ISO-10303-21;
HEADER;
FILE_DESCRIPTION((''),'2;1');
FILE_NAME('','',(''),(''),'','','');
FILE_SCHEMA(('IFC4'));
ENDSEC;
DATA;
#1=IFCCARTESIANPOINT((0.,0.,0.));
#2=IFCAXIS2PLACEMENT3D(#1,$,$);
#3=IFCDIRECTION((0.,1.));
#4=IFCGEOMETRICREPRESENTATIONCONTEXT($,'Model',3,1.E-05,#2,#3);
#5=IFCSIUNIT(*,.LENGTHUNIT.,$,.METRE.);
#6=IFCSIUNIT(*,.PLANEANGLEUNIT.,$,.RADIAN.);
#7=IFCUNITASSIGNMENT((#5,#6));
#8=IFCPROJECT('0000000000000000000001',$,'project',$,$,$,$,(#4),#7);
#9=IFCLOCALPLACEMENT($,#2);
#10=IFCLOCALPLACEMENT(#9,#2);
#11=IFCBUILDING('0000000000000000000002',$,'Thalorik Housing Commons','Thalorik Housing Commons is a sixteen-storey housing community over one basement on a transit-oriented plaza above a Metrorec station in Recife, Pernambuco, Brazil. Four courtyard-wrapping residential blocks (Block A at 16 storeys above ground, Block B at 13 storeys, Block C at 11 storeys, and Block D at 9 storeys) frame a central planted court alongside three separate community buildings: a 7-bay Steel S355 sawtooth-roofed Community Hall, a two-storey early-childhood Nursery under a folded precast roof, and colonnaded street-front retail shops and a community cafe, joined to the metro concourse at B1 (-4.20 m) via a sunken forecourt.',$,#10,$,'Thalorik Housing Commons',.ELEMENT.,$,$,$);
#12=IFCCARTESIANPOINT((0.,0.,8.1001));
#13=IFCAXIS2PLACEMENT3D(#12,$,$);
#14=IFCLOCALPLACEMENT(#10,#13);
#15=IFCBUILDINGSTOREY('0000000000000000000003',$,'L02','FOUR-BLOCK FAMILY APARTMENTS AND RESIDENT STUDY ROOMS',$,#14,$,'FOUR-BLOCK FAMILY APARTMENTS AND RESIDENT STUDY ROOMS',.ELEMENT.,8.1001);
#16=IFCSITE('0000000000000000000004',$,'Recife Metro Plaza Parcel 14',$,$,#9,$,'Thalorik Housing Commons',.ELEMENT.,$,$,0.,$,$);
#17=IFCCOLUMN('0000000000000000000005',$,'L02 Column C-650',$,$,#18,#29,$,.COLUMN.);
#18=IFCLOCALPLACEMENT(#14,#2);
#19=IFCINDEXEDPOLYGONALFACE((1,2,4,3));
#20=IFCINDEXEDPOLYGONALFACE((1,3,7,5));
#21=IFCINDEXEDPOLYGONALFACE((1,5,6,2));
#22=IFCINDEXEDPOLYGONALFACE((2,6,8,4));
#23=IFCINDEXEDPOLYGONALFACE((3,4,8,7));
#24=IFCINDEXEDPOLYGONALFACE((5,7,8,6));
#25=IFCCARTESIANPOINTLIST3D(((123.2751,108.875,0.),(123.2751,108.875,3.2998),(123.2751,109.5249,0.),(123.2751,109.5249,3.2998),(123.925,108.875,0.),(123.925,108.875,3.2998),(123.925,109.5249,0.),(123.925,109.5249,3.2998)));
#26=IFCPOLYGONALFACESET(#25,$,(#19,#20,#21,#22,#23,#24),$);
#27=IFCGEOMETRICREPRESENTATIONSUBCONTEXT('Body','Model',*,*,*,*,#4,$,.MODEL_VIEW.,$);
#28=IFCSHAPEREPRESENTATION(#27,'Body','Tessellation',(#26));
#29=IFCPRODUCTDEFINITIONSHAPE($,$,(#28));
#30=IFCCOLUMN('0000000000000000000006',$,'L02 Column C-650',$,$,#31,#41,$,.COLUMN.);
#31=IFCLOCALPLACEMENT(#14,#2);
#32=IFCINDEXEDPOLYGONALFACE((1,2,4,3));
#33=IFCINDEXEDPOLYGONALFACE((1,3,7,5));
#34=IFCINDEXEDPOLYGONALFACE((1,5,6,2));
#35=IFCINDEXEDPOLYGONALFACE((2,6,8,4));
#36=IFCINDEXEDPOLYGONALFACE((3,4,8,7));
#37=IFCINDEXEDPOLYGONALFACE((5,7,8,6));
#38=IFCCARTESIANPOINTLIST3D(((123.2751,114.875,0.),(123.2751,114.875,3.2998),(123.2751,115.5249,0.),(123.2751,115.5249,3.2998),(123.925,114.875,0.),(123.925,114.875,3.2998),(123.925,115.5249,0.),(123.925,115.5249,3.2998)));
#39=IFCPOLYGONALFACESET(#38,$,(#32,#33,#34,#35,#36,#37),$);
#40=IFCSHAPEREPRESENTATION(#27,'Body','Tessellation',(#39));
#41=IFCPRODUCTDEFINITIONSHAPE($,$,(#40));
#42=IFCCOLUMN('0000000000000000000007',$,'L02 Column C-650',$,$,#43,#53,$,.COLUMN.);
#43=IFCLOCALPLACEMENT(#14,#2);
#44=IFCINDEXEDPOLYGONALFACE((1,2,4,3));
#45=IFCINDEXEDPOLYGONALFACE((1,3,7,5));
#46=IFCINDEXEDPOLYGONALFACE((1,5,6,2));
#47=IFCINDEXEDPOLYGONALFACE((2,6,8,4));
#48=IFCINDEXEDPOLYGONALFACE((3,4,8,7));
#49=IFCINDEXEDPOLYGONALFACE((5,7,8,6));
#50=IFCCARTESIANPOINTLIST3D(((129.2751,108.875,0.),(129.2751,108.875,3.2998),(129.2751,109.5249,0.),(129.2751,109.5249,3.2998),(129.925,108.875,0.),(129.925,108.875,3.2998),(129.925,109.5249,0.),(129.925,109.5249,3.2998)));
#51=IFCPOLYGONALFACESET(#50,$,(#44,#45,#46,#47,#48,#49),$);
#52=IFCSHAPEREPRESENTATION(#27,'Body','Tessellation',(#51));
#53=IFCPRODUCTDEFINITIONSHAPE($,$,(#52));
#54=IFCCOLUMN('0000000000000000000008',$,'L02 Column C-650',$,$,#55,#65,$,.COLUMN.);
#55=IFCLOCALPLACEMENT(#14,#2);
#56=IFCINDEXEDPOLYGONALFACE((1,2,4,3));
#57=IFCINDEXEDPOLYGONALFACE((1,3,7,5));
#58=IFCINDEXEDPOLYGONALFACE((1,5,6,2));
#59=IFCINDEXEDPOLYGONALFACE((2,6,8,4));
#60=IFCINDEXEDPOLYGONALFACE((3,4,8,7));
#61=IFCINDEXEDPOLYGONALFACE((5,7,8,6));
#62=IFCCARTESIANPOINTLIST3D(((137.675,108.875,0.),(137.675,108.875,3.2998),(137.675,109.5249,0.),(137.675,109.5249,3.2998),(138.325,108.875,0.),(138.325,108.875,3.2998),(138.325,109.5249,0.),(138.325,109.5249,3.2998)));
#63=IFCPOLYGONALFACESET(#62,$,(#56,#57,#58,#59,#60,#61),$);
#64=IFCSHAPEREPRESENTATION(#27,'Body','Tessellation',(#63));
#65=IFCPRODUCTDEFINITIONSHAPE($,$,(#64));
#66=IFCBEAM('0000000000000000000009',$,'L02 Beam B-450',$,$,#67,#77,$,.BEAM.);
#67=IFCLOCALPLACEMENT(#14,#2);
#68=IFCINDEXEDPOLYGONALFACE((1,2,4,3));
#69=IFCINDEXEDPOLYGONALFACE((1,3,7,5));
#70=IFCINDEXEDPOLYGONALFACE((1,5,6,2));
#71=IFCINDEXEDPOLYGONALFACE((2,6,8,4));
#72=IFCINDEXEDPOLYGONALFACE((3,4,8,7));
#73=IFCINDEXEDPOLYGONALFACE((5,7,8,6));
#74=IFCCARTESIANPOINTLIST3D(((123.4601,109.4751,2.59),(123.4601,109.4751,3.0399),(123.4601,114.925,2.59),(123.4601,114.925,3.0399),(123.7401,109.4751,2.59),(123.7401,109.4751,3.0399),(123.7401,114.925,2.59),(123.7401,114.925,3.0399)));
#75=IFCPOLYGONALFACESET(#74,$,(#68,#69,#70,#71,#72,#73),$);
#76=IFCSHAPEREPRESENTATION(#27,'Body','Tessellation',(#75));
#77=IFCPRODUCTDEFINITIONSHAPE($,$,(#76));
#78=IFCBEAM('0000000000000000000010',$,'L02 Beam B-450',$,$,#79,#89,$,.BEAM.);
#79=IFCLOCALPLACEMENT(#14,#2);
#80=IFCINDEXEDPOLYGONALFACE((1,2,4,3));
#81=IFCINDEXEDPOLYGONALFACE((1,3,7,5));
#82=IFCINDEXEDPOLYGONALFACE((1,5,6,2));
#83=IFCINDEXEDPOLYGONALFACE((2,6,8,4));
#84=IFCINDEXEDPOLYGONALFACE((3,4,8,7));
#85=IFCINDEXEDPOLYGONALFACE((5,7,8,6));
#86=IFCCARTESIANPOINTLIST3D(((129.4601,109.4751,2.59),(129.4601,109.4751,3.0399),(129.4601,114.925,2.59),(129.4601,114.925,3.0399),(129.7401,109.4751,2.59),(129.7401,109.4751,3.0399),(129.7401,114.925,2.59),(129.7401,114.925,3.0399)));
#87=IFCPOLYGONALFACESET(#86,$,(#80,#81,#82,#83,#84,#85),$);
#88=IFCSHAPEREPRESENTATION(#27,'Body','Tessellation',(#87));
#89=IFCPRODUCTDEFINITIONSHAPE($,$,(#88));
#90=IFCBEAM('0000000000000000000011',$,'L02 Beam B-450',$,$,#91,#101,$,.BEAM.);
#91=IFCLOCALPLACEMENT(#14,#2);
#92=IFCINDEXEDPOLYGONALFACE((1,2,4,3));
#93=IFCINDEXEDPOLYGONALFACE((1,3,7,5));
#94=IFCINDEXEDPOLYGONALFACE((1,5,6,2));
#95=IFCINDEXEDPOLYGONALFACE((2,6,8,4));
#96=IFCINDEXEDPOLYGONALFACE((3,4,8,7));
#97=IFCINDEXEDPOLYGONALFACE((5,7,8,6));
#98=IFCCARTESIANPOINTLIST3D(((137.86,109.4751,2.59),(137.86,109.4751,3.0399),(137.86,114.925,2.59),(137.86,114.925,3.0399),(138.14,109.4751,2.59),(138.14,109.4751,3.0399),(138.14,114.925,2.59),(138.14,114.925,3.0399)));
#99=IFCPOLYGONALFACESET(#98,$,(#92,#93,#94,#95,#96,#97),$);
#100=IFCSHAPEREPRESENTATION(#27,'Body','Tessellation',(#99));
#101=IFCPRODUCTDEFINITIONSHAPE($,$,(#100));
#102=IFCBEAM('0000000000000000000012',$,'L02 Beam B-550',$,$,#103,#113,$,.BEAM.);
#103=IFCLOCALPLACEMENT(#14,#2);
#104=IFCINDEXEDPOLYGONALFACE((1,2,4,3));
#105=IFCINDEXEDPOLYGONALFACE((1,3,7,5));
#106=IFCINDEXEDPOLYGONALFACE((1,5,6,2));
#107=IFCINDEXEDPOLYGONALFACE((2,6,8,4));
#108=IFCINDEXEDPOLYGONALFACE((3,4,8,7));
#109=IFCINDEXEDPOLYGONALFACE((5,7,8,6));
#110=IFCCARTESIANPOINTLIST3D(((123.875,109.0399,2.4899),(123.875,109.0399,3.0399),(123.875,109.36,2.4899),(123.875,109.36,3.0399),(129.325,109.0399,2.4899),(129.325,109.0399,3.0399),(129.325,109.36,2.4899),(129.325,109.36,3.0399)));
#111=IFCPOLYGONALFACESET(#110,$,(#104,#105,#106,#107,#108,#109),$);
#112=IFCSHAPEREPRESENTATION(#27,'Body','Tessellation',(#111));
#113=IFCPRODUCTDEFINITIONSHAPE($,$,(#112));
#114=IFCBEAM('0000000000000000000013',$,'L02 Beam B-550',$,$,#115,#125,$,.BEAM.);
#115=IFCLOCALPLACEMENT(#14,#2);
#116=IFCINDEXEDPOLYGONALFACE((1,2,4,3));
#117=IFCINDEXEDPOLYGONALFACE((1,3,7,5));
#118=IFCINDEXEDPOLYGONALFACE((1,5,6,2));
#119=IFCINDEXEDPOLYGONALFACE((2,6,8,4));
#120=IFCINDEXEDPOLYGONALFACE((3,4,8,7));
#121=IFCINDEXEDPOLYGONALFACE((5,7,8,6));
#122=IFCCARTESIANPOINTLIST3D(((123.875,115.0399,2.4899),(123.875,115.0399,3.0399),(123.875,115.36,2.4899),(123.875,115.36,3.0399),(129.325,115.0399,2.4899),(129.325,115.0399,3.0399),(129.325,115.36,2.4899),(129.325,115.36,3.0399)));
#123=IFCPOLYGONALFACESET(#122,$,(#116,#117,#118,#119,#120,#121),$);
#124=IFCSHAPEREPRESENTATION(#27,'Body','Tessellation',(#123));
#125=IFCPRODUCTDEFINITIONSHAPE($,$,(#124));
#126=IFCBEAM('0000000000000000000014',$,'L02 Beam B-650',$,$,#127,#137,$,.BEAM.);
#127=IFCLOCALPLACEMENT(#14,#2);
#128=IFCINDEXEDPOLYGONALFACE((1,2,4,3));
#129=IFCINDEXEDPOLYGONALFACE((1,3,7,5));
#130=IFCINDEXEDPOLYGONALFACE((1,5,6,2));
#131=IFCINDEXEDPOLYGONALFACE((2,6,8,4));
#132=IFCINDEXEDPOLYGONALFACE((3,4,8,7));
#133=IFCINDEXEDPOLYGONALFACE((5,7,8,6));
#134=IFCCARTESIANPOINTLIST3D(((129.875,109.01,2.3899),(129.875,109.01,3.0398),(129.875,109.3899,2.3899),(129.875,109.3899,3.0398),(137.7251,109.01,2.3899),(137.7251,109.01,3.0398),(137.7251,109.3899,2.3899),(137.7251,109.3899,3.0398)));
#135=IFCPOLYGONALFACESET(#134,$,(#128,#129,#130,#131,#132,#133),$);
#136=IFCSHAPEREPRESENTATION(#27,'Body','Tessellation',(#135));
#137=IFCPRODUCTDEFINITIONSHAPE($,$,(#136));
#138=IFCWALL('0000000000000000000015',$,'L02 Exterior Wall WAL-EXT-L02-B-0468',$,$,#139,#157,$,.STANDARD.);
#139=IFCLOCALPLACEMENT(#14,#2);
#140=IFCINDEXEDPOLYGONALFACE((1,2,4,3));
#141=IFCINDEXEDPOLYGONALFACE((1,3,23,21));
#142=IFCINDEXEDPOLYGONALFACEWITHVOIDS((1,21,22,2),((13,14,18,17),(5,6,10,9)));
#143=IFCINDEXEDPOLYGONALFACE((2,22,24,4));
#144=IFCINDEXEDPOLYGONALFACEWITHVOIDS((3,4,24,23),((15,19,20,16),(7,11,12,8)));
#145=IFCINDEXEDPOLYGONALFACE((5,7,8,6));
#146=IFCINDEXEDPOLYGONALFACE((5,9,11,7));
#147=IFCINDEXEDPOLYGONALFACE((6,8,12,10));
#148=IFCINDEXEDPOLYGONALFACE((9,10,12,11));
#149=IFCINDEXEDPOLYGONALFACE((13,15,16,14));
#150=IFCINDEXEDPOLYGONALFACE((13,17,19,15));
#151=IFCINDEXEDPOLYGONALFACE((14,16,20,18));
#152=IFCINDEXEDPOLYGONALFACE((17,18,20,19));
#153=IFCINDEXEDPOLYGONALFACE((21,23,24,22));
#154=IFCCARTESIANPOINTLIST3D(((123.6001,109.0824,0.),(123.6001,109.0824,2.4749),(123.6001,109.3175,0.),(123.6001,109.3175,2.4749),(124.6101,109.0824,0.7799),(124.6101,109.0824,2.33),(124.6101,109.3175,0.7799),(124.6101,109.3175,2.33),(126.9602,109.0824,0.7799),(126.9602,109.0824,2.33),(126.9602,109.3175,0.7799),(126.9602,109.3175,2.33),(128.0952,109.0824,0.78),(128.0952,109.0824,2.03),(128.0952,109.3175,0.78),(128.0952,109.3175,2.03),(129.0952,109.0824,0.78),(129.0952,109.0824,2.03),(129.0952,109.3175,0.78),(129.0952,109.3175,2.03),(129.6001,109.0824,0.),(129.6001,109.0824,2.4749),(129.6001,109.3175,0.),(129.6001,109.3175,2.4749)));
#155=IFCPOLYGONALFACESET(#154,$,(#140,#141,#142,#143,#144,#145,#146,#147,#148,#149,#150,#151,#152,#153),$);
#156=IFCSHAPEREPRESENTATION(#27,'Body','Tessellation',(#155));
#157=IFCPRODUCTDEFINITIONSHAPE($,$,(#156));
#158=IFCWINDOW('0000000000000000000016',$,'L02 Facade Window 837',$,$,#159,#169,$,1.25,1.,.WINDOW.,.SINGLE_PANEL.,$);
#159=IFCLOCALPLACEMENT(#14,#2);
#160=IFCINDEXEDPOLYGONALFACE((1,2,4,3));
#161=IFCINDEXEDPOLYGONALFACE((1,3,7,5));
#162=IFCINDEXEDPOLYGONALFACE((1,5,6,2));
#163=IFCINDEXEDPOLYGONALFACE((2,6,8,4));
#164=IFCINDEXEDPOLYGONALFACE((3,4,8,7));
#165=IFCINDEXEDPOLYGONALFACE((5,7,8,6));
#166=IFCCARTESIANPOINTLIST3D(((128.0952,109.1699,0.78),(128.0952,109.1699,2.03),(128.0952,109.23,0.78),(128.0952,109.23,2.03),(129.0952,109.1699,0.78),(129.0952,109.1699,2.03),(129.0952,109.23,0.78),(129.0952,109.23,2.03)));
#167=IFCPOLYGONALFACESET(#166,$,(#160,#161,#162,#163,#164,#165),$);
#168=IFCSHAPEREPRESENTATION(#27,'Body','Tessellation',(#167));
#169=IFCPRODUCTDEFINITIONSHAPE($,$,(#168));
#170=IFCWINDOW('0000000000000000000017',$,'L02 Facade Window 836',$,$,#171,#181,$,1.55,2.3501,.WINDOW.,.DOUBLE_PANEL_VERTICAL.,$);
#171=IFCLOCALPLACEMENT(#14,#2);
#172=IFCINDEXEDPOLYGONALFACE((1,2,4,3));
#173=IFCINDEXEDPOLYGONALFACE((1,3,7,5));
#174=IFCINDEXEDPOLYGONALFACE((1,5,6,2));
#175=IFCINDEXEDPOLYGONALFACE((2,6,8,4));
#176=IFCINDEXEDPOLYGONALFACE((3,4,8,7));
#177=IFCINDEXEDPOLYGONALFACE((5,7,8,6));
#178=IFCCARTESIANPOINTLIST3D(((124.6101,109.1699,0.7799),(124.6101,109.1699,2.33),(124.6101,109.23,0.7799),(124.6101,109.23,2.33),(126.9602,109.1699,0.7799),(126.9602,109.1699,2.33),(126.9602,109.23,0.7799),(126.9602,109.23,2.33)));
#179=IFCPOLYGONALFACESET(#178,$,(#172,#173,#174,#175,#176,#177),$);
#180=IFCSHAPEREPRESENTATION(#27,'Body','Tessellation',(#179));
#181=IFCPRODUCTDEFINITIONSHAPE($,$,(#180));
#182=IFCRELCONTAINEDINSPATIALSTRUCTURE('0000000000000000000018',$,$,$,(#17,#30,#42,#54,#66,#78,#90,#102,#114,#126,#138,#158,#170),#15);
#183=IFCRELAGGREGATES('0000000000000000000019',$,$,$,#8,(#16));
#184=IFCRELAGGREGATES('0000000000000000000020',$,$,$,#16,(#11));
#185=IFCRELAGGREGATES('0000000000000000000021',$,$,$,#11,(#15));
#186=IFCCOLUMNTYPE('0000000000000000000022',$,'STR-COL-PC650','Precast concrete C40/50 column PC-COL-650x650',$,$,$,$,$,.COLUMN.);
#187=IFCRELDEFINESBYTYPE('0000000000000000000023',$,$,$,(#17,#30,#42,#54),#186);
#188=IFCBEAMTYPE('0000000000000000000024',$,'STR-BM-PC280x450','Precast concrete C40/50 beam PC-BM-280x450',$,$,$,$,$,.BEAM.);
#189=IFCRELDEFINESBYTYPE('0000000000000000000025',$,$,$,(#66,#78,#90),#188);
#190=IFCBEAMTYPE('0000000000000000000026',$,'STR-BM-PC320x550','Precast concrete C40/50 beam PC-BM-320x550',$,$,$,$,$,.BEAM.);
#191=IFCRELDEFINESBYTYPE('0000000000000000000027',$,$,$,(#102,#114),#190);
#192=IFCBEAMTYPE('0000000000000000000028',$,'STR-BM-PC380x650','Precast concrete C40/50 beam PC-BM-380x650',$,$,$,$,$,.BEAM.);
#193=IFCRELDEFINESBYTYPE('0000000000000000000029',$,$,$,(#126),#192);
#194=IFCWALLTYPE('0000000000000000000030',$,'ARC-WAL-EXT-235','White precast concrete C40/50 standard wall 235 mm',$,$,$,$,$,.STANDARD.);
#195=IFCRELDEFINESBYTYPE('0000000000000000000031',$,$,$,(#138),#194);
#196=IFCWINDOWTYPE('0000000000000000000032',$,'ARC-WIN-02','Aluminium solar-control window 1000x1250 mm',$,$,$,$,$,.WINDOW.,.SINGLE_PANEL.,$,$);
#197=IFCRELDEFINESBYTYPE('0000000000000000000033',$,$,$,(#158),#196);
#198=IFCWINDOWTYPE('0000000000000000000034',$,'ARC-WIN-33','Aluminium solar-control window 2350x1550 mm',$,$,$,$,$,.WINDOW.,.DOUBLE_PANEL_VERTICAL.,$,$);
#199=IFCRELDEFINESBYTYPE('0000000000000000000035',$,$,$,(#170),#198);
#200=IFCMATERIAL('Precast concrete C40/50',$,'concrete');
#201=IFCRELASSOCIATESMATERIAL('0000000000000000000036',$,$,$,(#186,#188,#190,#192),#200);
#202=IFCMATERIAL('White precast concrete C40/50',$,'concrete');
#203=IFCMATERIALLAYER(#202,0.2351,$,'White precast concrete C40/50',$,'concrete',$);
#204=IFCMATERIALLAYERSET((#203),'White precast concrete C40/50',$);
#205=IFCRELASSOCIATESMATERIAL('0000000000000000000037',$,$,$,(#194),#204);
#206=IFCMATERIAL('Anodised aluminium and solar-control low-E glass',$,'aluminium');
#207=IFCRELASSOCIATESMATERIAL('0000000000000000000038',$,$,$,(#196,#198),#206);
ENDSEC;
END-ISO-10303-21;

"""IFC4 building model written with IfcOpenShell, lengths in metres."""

from ifc_helpers import new_model, si_unit, direction, frame, frame_2d, origin, origin_2d, place, context, subcontext, project, spatial, rectangle, extrude, material, layer, layer_set, material_profile, profile_set, type_object, element, fill, save


model = new_model("IFC4")

# Units and contexts
model_context = context("Model", 3, precision=1e-05, world=origin(), true_north=direction((0.0, 1.0)))
body_context = subcontext(model_context, "Body", "Model", "MODEL_VIEW")
ifc_project = project(units=[si_unit("LENGTHUNIT", "METRE"), si_unit("PLANEANGLEUNIT", "RADIAN")], contexts=[model_context])

# Site, building, storey
site_placement = place(None, origin())
site = spatial("IfcSite", under=ifc_project, at=site_placement, Name="Recife Metro Plaza Parcel 14", LongName="Thalorik Housing Commons", CompositionType="ELEMENT", RefElevation=0.0)
building_placement = place(site_placement, origin())
building = spatial("IfcBuilding", under=site, at=building_placement, Name="Thalorik Housing Commons", Description="Thalorik Housing Commons is a sixteen-storey housing community over one basement on a transit-oriented plaza above a Metrorec station in Recife, Pernambuco, Brazil. Four courtyard-wrapping residential blocks (Block A at 16 storeys above ground, Block B at 13 storeys, Block C at 11 storeys, and Block D at 9 storeys) frame a central planted court alongside three separate community buildings: a 7-bay Steel S355 sawtooth-roofed Community Hall, a two-storey early-childhood Nursery under a folded precast roof, and colonnaded street-front retail shops and a community cafe, joined to the metro concourse at B1 (-4.20 m) via a sunken forecourt.", LongName="Thalorik Housing Commons", CompositionType="ELEMENT")
storey_placement = place(building_placement, frame((0.0, 0.0, 8.1001)))
storey = spatial("IfcBuildingStorey", under=building, at=storey_placement, Name="L02", Description="FOUR-BLOCK FAMILY APARTMENTS AND RESIDENT STUDY ROOMS", LongName="FOUR-BLOCK FAMILY APARTMENTS AND RESIDENT STUDY ROOMS", CompositionType="ELEMENT", Elevation=8.1001)

# Columns
ifc_material_1 = material(Name="Precast concrete C40/50", Category="concrete")
ifc_material_profile_1 = material_profile(ifc_material_1, rectangle(XDim=0.6499, YDim=0.6499, at=origin_2d()), Name="PC 650x650", Category="concrete")
ifc_profile_set_1 = profile_set([ifc_material_profile_1], Name="Precast concrete C40/50")
column_type = type_object("IfcColumnType", Name="STR-COL-PC650", Description="Precast concrete C40/50 column PC-COL-650x650", PredefinedType="COLUMN", material=ifc_profile_set_1)
for number, where, z_axis, x_axis, name in (
    (1, (123.6001, 109.2, 0.0), (0.0, 0.0, 1.0), (1.0, 0.0, 0.0), "L02 Column C-650"),
    (2, (123.6001, 115.2, 0.0), (0.0, 0.0, 1.0), (1.0, 0.0, 0.0), "L02 Column C-650"),
    (3, (129.6001, 109.2, 0.0), (0.0, 0.0, 1.0), (1.0, 0.0, 0.0), "L02 Column C-650"),
    (4, (138.0, 109.2, 0.0), (0.0, 0.0, 1.0), (1.0, 0.0, 0.0), "L02 Column C-650"),
):
    element("IfcColumn", number, at=place(storey_placement, frame(where, z_axis=z_axis, x_axis=x_axis)), inside=storey, type_object=column_type, Name=name, PredefinedType="COLUMN", context=body_context, shape_type="SweptSolid", body=[
        extrude(rectangle(XDim=0.6499, YDim=0.6499, at=origin_2d()), origin(), (0.0, 0.0, 1.0), 3.2998),
    ])

# Beams
ifc_material_profile_2 = material_profile(ifc_material_1, rectangle(XDim=0.28, YDim=0.45, at=origin_2d()), Name="PC 280x450", Category="concrete")
ifc_profile_set_2 = profile_set([ifc_material_profile_2], Name="Precast concrete C40/50")
beam_type_1 = type_object("IfcBeamType", Name="STR-BM-PC280x450", Description="Precast concrete C40/50 beam PC-BM-280x450", PredefinedType="BEAM", material=ifc_profile_set_2)
for number, where, z_axis, x_axis, name in (
    (5, (123.6001, 109.4751, 2.8149), (0.0, 1.0, 0.0), (-1.0, 0.0, 0.0), "L02 Beam B-450"),
    (6, (129.6001, 109.4751, 2.8149), (0.0, 1.0, 0.0), (-1.0, 0.0, 0.0), "L02 Beam B-450"),
    (7, (138.0, 109.4751, 2.8149), (0.0, 1.0, 0.0), (-1.0, 0.0, 0.0), "L02 Beam B-450"),
):
    element("IfcBeam", number, at=place(storey_placement, frame(where, z_axis=z_axis, x_axis=x_axis)), inside=storey, type_object=beam_type_1, Name=name, PredefinedType="BEAM", context=body_context, shape_type="SweptSolid", body=[
        extrude(rectangle(XDim=0.28, YDim=0.45, at=origin_2d()), origin(), (0.0, 0.0, 1.0), 5.45),
    ])
ifc_material_profile_3 = material_profile(ifc_material_1, rectangle(XDim=0.3201, YDim=0.55, at=origin_2d()), Name="PC 320x550", Category="concrete")
ifc_profile_set_3 = profile_set([ifc_material_profile_3], Name="Precast concrete C40/50")
beam_type_2 = type_object("IfcBeamType", Name="STR-BM-PC320x550", Description="Precast concrete C40/50 beam PC-BM-320x550", PredefinedType="BEAM", material=ifc_profile_set_3)
for number, where, z_axis, x_axis, name in (
    (8, (123.875, 109.2, 2.7649), (1.0, 0.0, 0.0), (0.0, 1.0, 0.0), "L02 Beam B-550"),
    (9, (123.875, 115.2, 2.7649), (1.0, 0.0, 0.0), (0.0, 1.0, 0.0), "L02 Beam B-550"),
):
    element("IfcBeam", number, at=place(storey_placement, frame(where, z_axis=z_axis, x_axis=x_axis)), inside=storey, type_object=beam_type_2, Name=name, PredefinedType="BEAM", context=body_context, shape_type="SweptSolid", body=[
        extrude(rectangle(XDim=0.3201, YDim=0.55, at=origin_2d()), origin(), (0.0, 0.0, 1.0), 5.45),
    ])
ifc_material_profile_4 = material_profile(ifc_material_1, rectangle(XDim=0.3799, YDim=0.6499, at=origin_2d()), Name="PC 380x650", Category="concrete")
ifc_profile_set_4 = profile_set([ifc_material_profile_4], Name="Precast concrete C40/50")
beam_type_3 = type_object("IfcBeamType", Name="STR-BM-PC380x650", Description="Precast concrete C40/50 beam PC-BM-380x650", PredefinedType="BEAM", material=ifc_profile_set_4)
beam_placement = place(storey_placement, frame((129.875, 109.2, 2.7148), z_axis=(1.0, 0.0, 0.0), x_axis=(0.0, 1.0, 0.0)))
element("IfcBeam", 10, at=beam_placement, inside=storey, type_object=beam_type_3, Name="L02 Beam B-650", PredefinedType="BEAM", context=body_context, shape_type="SweptSolid", body=[
    extrude(rectangle(XDim=0.3799, YDim=0.6499, at=origin_2d()), origin(), (0.0, 0.0, 1.0), 7.8501),
])

# Wall, openings, windows
ifc_material_2 = material(Name="White precast concrete C40/50", Category="concrete")
ifc_layer_1 = layer(ifc_material_2, 0.2351, Name="White precast concrete C40/50", Category="concrete")
ifc_layer_set_1 = layer_set([ifc_layer_1], Name="White precast concrete C40/50")
wall_type_1 = type_object("IfcWallType", Name="ARC-WAL-EXT-235", Description="White precast concrete C40/50 standard wall 235 mm", PredefinedType="STANDARD", material=ifc_layer_set_1)
wall_1_placement = place(storey_placement, frame((123.6001, 109.2, 0.0), z_axis=(0.0, 0.0, 1.0), x_axis=(1.0, 0.0, 0.0)))
wall_1 = element("IfcWall", 11, at=wall_1_placement, inside=storey, type_object=wall_type_1, Name="L02 Exterior Wall WAL-EXT-L02-B-0468", PredefinedType="STANDARD", context=body_context, shape_type="SweptSolid", body=[
    extrude(rectangle(XDim=6.0, YDim=0.2351, at=frame_2d((3.0, 0.0))), origin(), (0.0, 0.0, 1.0), 2.4749),
])
opening_1_placement = place(wall_1_placement, frame((1.01, 0.0, 0.78)))
opening_1 = element("IfcOpeningElement", 12, at=opening_1_placement, cuts=wall_1, PredefinedType="OPENING", context=body_context, shape_type="SweptSolid", body=[
    extrude(rectangle(XDim=2.3501, YDim=1.55, at=frame_2d((1.175, 0.7749))), frame((0.0, 0.1274, 0.0), z_axis=(0.0, -1.0, 0.0), x_axis=(1.0, 0.0, 0.0)), (0.0, 0.0, 1.0), 0.2551),
])
opening_2_placement = place(wall_1_placement, frame((4.4951, 0.0, 0.78)))
opening_2 = element("IfcOpeningElement", 13, at=opening_2_placement, cuts=wall_1, PredefinedType="OPENING", context=body_context, shape_type="SweptSolid", body=[
    extrude(rectangle(XDim=1.0, YDim=1.25, at=frame_2d((0.5, 0.625))), frame((0.0, 0.1274, 0.0), z_axis=(0.0, -1.0, 0.0), x_axis=(1.0, 0.0, 0.0)), (0.0, 0.0, 1.0), 0.2551),
])
ifc_material_3 = material(Name="Anodised aluminium and solar-control low-E glass", Category="aluminium")
window_type_1 = type_object("IfcWindowType", Name="ARC-WIN-02", Description="Aluminium solar-control window 1000x1250 mm", PartitioningType="SINGLE_PANEL", PredefinedType="WINDOW", material=ifc_material_3)
window_1_placement = place(opening_2_placement, origin())
window_1 = element("IfcWindow", 14, at=window_1_placement, inside=storey, type_object=window_type_1, Name="L02 Facade Window 837", OverallHeight=1.25, OverallWidth=1.0, PartitioningType="SINGLE_PANEL", PredefinedType="WINDOW", context=body_context, shape_type="SweptSolid", body=[
    extrude(rectangle(XDim=1.0, YDim=1.25, at=frame_2d((0.5, 0.625))), frame((0.0, 0.03, 0.0), z_axis=(0.0, -1.0, 0.0), x_axis=(1.0, 0.0, 0.0)), (0.0, 0.0, 1.0), 0.0601),
])
fill(opening_2, window_1)
window_type_2 = type_object("IfcWindowType", Name="ARC-WIN-33", Description="Aluminium solar-control window 2350x1550 mm", PartitioningType="DOUBLE_PANEL_VERTICAL", PredefinedType="WINDOW", material=ifc_material_3)
window_2_placement = place(opening_1_placement, origin())
window_2 = element("IfcWindow", 15, at=window_2_placement, inside=storey, type_object=window_type_2, Name="L02 Facade Window 836", OverallHeight=1.55, OverallWidth=2.3501, PartitioningType="DOUBLE_PANEL_VERTICAL", PredefinedType="WINDOW", context=body_context, shape_type="SweptSolid", body=[
    extrude(rectangle(XDim=2.3501, YDim=1.55, at=frame_2d((1.175, 0.7749))), frame((0.0, 0.03, 0.0), z_axis=(0.0, -1.0, 0.0), x_axis=(1.0, 0.0, 0.0)), (0.0, 0.0, 1.0), 0.0601),
])
fill(opening_1, window_2)

save(model, "model.ifc")
